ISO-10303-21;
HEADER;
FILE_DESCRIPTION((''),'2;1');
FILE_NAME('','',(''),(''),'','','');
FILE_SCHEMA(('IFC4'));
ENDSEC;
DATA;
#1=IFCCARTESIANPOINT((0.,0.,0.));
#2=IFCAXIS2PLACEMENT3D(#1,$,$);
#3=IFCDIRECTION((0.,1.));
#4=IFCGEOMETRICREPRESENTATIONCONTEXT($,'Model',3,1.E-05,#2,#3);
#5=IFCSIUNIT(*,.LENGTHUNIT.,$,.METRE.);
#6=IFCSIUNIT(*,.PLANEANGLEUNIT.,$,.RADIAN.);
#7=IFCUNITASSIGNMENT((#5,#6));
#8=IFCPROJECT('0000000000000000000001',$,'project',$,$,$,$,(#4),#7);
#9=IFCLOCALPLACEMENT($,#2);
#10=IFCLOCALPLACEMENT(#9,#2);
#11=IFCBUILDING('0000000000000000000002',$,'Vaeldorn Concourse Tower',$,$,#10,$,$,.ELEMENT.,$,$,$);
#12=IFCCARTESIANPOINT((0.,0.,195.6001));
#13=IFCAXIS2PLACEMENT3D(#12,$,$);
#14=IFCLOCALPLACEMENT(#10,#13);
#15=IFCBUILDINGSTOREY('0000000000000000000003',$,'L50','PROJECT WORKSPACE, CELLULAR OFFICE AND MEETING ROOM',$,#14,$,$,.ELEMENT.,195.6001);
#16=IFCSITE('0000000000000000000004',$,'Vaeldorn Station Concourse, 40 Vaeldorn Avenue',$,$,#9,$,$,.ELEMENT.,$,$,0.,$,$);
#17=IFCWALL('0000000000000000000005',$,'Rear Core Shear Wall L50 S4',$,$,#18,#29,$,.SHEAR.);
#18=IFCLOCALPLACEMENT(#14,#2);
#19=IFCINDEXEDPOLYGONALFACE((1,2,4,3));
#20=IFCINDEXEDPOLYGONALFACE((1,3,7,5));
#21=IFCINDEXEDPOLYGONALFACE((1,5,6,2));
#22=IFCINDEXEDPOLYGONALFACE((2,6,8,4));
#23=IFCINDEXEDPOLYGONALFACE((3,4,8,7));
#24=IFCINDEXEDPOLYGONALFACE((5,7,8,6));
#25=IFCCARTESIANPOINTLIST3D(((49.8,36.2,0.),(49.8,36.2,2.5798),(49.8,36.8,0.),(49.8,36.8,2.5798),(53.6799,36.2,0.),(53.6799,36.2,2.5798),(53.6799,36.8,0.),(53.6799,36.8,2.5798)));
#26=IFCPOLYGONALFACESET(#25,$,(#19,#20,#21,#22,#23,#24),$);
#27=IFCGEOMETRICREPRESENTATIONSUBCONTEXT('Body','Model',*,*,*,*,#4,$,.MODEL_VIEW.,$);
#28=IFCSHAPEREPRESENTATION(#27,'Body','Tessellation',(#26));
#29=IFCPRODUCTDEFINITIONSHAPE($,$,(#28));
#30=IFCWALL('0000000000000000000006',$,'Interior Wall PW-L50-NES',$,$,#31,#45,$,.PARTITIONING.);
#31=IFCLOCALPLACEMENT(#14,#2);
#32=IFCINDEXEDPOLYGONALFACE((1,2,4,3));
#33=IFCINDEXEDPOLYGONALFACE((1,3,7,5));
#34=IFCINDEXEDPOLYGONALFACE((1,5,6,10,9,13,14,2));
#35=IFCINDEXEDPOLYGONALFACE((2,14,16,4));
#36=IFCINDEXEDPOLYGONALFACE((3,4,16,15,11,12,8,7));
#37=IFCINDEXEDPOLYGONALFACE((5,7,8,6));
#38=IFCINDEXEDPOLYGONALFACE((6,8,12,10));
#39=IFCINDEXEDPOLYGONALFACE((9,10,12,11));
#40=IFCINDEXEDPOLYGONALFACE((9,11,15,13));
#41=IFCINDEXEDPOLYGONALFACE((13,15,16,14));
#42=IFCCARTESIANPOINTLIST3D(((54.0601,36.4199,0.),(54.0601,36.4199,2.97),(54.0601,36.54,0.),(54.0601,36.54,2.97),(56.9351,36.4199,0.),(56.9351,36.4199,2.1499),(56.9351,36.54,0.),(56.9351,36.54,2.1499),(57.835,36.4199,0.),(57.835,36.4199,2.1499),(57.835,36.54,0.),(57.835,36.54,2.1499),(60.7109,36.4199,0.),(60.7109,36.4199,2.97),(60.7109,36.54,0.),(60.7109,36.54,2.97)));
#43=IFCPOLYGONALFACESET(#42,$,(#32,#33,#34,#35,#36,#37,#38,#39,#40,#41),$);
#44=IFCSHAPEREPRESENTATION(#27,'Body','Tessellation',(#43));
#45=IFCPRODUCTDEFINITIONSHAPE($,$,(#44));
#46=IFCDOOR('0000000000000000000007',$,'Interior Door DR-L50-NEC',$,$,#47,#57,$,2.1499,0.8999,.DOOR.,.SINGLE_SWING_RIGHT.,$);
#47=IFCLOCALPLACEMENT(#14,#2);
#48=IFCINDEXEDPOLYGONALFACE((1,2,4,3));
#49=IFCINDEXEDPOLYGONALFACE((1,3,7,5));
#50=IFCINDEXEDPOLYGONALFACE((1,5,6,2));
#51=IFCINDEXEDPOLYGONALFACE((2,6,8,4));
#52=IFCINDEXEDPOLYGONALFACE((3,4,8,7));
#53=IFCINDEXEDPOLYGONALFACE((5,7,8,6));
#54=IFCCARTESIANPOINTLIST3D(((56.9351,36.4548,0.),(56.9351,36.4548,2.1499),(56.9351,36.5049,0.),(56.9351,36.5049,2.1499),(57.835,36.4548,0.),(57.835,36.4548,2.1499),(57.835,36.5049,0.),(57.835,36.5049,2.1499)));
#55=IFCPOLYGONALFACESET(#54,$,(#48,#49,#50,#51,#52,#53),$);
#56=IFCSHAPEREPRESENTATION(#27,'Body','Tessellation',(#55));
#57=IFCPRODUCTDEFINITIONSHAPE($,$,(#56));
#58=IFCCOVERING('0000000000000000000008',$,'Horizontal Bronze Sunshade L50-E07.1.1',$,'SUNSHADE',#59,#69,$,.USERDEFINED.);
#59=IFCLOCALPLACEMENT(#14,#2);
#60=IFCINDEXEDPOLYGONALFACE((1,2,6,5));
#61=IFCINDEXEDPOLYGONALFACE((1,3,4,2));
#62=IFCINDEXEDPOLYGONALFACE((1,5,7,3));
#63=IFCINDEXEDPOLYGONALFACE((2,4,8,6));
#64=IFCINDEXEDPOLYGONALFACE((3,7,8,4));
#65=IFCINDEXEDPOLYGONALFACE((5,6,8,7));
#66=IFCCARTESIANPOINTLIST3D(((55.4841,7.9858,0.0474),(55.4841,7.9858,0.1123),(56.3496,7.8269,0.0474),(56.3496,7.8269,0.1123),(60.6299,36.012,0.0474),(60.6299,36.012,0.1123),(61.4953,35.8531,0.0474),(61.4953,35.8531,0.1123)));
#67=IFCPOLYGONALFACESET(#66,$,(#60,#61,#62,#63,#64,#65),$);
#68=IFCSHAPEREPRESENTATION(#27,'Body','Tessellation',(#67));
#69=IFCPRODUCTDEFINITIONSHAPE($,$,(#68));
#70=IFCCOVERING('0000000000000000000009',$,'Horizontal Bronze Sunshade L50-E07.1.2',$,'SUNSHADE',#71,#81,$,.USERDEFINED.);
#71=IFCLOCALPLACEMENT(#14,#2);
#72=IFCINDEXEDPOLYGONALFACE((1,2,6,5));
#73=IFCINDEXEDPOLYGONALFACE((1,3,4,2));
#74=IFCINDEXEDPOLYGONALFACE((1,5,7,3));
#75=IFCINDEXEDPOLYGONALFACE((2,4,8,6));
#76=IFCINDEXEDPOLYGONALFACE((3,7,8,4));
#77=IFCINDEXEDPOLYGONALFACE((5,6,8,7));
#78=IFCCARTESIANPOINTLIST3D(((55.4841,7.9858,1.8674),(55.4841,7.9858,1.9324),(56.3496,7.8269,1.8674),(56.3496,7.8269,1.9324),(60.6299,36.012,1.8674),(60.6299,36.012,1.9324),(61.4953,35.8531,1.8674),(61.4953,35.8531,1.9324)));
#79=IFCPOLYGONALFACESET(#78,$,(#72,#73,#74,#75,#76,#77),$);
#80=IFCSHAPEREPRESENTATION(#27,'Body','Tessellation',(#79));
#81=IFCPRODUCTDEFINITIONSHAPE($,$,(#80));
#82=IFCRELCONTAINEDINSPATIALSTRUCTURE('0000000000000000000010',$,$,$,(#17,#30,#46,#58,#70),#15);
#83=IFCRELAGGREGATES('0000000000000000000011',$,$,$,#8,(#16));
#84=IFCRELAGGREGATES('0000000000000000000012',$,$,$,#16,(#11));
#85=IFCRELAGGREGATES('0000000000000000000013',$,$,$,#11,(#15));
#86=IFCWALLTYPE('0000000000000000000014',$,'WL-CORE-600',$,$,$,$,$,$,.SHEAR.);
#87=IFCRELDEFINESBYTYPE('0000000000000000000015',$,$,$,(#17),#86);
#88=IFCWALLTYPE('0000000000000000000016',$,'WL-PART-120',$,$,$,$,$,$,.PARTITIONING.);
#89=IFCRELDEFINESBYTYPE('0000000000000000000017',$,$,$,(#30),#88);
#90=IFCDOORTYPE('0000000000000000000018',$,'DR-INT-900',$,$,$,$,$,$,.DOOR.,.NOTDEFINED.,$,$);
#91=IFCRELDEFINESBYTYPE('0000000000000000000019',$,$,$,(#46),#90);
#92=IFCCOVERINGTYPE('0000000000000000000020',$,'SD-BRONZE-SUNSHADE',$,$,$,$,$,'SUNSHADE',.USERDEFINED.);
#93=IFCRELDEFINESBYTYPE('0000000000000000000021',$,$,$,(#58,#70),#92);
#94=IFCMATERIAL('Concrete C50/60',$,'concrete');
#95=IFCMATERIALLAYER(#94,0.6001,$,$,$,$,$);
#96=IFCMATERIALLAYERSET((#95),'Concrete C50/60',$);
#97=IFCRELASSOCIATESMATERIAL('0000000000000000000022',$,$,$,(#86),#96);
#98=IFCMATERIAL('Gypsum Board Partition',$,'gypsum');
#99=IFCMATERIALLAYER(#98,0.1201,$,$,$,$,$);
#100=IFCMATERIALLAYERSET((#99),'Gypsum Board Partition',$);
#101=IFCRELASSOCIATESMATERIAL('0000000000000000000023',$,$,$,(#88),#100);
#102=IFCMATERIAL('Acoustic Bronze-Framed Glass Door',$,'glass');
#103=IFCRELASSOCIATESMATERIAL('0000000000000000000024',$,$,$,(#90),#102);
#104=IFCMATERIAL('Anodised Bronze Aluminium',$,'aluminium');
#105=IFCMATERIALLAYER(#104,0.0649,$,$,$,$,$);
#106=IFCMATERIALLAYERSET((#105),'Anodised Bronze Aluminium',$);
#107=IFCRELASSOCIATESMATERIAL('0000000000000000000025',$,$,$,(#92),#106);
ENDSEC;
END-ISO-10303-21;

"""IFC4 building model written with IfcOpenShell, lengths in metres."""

from ifc_helpers import new_model, si_unit, direction, frame, frame_2d, origin, origin_2d, place, context, subcontext, project, spatial, rectangle, extrude, source, transform, mapped, material, layer, layer_set, type_object, element, fill, save


model = new_model("IFC4")

# Units and contexts
model_context = context("Model", 3, precision=1e-05, world=origin(), true_north=direction((0.0, 1.0)))
body_context = subcontext(model_context, "Body", "Model", "MODEL_VIEW")
ifc_project = project(units=[si_unit("LENGTHUNIT", "METRE"), si_unit("PLANEANGLEUNIT", "RADIAN")], contexts=[model_context])

# Site, building, storey
site_placement = place(None, origin())
site = spatial("IfcSite", under=ifc_project, at=site_placement, Name="Vaeldorn Station Concourse, 40 Vaeldorn Avenue", CompositionType="ELEMENT", RefElevation=0.0)
building_placement = place(site_placement, origin())
building = spatial("IfcBuilding", under=site, at=building_placement, Name="Vaeldorn Concourse Tower", CompositionType="ELEMENT")
storey_placement = place(building_placement, frame((0.0, 0.0, 195.6001)))
storey = spatial("IfcBuildingStorey", under=building, at=storey_placement, Name="L50", Description="PROJECT WORKSPACE, CELLULAR OFFICE AND MEETING ROOM", CompositionType="ELEMENT", Elevation=195.6001)

# Shared definitions
ifc_material_1 = material(Name="Concrete C50/60", Category="concrete")

# Shared definitions
ifc_material_2 = material(Name="Anodised Bronze Aluminium", Category="aluminium")

# Wall
ifc_layer_1 = layer(ifc_material_1, 0.6001)
ifc_layer_set_1 = layer_set([ifc_layer_1], Name="Concrete C50/60")
wall_type_1 = type_object("IfcWallType", Name="WL-CORE-600", PredefinedType="SHEAR", material=ifc_layer_set_1)
wall_1_placement = place(storey_placement, frame((49.8, 36.5, 0.0), z_axis=(0.0, 0.0, 1.0), x_axis=(1.0, 0.0, 0.0)))
element("IfcWall", 1, at=wall_1_placement, inside=storey, type_object=wall_type_1, Name="Rear Core Shear Wall L50 S4", PredefinedType="SHEAR", context=body_context, shape_type="SweptSolid", body=[
    extrude(rectangle(XDim=3.8799, YDim=0.6001, at=frame_2d((1.9399, 0.0))), origin(), (0.0, 0.0, 1.0), 2.5798),
])

# Wall, opening, door
ifc_material_3 = material(Name="Gypsum Board Partition", Category="gypsum")
ifc_layer_2 = layer(ifc_material_3, 0.1201)
ifc_layer_set_2 = layer_set([ifc_layer_2], Name="Gypsum Board Partition")
wall_type_2 = type_object("IfcWallType", Name="WL-PART-120", PredefinedType="PARTITIONING", material=ifc_layer_set_2)
wall_2_placement = place(storey_placement, frame((54.0601, 36.48, 0.0), z_axis=(0.0, 0.0, 1.0), x_axis=(1.0, 0.0, 0.0)))
wall_2 = element("IfcWall", 2, at=wall_2_placement, inside=storey, type_object=wall_type_2, Name="Interior Wall PW-L50-NES", PredefinedType="PARTITIONING", context=body_context, shape_type="SweptSolid", body=[
    extrude(rectangle(XDim=6.6509, YDim=0.1201, at=frame_2d((3.3254, 0.0))), origin(), (0.0, 0.0, 1.0), 2.97),
])
opening_placement = place(wall_2_placement, frame((2.875, 0.0, 0.0)))
opening = element("IfcOpeningElement", 3, at=opening_placement, cuts=wall_2, PredefinedType="OPENING", context=body_context, shape_type="SweptSolid", body=[
    extrude(rectangle(XDim=0.8999, YDim=2.1499, at=frame_2d((0.45, 1.075))), frame((0.0, 0.0701, 0.0), z_axis=(0.0, -1.0, 0.0), x_axis=(1.0, 0.0, 0.0)), (0.0, 0.0, 1.0), 0.1401),
])
ifc_material_4 = material(Name="Acoustic Bronze-Framed Glass Door", Category="glass")
door_type = type_object("IfcDoorType", Name="DR-INT-900", OperationType="NOTDEFINED", PredefinedType="DOOR", material=ifc_material_4)
shared_shape_1 = source(origin(), body_context, "Body", "SweptSolid", [
    extrude(rectangle(XDim=0.8999, YDim=2.1499, at=frame_2d((0.45, 1.075))), frame((0.0, 0.0249, 0.0), z_axis=(0.0, -1.0, 0.0), x_axis=(1.0, 0.0, 0.0)), (0.0, 0.0, 1.0), 0.05),
])
door_placement = place(opening_placement, origin())
door = element("IfcDoor", 4, at=door_placement, inside=storey, type_object=door_type, Name="Interior Door DR-L50-NEC", OperationType="SINGLE_SWING_RIGHT", OverallHeight=2.1499, OverallWidth=0.8999, PredefinedType="DOOR", context=body_context, shape_type="MappedRepresentation", body=[
    mapped(shared_shape_1, transform((0.0, 0.0, 0.0), scale=1.0)),
])
fill(opening, door)

# Coverings
ifc_layer_3 = layer(ifc_material_2, 0.0649)
ifc_layer_set_3 = layer_set([ifc_layer_3], Name="Anodised Bronze Aluminium")
covering_type = type_object("IfcCoveringType", Name="SD-BRONZE-SUNSHADE", ElementType="SUNSHADE", PredefinedType="USERDEFINED", material=ifc_layer_set_3)
shared_shape_2 = source(origin(), body_context, "Body", "SweptSolid", [
    extrude(rectangle(XDim=28.4946, YDim=0.8799, at=origin_2d()), origin(), (0.0, 0.0, 1.0), 0.0649),
])
for number, where, z_axis, x_axis, name in (
    (5, (58.4897, 21.9194, 0.0474), (0.0, 0.0, 1.0), (0.180588, 0.983559, 0.0), "Horizontal Bronze Sunshade L50-E07.1.1"),
    (6, (58.4897, 21.9194, 1.8674), (0.0, 0.0, 1.0), (0.180588, 0.983559, 0.0), "Horizontal Bronze Sunshade L50-E07.1.2"),
):
    element("IfcCovering", number, at=place(storey_placement, frame(where, z_axis=z_axis, x_axis=x_axis)), inside=storey, type_object=covering_type, Name=name, ObjectType="SUNSHADE", PredefinedType="USERDEFINED", context=body_context, shape_type="MappedRepresentation", body=[
        mapped(shared_shape_2, transform((0.0, 0.0, 0.0), scale=1.0)),
    ])

save(model, "model.ifc")
